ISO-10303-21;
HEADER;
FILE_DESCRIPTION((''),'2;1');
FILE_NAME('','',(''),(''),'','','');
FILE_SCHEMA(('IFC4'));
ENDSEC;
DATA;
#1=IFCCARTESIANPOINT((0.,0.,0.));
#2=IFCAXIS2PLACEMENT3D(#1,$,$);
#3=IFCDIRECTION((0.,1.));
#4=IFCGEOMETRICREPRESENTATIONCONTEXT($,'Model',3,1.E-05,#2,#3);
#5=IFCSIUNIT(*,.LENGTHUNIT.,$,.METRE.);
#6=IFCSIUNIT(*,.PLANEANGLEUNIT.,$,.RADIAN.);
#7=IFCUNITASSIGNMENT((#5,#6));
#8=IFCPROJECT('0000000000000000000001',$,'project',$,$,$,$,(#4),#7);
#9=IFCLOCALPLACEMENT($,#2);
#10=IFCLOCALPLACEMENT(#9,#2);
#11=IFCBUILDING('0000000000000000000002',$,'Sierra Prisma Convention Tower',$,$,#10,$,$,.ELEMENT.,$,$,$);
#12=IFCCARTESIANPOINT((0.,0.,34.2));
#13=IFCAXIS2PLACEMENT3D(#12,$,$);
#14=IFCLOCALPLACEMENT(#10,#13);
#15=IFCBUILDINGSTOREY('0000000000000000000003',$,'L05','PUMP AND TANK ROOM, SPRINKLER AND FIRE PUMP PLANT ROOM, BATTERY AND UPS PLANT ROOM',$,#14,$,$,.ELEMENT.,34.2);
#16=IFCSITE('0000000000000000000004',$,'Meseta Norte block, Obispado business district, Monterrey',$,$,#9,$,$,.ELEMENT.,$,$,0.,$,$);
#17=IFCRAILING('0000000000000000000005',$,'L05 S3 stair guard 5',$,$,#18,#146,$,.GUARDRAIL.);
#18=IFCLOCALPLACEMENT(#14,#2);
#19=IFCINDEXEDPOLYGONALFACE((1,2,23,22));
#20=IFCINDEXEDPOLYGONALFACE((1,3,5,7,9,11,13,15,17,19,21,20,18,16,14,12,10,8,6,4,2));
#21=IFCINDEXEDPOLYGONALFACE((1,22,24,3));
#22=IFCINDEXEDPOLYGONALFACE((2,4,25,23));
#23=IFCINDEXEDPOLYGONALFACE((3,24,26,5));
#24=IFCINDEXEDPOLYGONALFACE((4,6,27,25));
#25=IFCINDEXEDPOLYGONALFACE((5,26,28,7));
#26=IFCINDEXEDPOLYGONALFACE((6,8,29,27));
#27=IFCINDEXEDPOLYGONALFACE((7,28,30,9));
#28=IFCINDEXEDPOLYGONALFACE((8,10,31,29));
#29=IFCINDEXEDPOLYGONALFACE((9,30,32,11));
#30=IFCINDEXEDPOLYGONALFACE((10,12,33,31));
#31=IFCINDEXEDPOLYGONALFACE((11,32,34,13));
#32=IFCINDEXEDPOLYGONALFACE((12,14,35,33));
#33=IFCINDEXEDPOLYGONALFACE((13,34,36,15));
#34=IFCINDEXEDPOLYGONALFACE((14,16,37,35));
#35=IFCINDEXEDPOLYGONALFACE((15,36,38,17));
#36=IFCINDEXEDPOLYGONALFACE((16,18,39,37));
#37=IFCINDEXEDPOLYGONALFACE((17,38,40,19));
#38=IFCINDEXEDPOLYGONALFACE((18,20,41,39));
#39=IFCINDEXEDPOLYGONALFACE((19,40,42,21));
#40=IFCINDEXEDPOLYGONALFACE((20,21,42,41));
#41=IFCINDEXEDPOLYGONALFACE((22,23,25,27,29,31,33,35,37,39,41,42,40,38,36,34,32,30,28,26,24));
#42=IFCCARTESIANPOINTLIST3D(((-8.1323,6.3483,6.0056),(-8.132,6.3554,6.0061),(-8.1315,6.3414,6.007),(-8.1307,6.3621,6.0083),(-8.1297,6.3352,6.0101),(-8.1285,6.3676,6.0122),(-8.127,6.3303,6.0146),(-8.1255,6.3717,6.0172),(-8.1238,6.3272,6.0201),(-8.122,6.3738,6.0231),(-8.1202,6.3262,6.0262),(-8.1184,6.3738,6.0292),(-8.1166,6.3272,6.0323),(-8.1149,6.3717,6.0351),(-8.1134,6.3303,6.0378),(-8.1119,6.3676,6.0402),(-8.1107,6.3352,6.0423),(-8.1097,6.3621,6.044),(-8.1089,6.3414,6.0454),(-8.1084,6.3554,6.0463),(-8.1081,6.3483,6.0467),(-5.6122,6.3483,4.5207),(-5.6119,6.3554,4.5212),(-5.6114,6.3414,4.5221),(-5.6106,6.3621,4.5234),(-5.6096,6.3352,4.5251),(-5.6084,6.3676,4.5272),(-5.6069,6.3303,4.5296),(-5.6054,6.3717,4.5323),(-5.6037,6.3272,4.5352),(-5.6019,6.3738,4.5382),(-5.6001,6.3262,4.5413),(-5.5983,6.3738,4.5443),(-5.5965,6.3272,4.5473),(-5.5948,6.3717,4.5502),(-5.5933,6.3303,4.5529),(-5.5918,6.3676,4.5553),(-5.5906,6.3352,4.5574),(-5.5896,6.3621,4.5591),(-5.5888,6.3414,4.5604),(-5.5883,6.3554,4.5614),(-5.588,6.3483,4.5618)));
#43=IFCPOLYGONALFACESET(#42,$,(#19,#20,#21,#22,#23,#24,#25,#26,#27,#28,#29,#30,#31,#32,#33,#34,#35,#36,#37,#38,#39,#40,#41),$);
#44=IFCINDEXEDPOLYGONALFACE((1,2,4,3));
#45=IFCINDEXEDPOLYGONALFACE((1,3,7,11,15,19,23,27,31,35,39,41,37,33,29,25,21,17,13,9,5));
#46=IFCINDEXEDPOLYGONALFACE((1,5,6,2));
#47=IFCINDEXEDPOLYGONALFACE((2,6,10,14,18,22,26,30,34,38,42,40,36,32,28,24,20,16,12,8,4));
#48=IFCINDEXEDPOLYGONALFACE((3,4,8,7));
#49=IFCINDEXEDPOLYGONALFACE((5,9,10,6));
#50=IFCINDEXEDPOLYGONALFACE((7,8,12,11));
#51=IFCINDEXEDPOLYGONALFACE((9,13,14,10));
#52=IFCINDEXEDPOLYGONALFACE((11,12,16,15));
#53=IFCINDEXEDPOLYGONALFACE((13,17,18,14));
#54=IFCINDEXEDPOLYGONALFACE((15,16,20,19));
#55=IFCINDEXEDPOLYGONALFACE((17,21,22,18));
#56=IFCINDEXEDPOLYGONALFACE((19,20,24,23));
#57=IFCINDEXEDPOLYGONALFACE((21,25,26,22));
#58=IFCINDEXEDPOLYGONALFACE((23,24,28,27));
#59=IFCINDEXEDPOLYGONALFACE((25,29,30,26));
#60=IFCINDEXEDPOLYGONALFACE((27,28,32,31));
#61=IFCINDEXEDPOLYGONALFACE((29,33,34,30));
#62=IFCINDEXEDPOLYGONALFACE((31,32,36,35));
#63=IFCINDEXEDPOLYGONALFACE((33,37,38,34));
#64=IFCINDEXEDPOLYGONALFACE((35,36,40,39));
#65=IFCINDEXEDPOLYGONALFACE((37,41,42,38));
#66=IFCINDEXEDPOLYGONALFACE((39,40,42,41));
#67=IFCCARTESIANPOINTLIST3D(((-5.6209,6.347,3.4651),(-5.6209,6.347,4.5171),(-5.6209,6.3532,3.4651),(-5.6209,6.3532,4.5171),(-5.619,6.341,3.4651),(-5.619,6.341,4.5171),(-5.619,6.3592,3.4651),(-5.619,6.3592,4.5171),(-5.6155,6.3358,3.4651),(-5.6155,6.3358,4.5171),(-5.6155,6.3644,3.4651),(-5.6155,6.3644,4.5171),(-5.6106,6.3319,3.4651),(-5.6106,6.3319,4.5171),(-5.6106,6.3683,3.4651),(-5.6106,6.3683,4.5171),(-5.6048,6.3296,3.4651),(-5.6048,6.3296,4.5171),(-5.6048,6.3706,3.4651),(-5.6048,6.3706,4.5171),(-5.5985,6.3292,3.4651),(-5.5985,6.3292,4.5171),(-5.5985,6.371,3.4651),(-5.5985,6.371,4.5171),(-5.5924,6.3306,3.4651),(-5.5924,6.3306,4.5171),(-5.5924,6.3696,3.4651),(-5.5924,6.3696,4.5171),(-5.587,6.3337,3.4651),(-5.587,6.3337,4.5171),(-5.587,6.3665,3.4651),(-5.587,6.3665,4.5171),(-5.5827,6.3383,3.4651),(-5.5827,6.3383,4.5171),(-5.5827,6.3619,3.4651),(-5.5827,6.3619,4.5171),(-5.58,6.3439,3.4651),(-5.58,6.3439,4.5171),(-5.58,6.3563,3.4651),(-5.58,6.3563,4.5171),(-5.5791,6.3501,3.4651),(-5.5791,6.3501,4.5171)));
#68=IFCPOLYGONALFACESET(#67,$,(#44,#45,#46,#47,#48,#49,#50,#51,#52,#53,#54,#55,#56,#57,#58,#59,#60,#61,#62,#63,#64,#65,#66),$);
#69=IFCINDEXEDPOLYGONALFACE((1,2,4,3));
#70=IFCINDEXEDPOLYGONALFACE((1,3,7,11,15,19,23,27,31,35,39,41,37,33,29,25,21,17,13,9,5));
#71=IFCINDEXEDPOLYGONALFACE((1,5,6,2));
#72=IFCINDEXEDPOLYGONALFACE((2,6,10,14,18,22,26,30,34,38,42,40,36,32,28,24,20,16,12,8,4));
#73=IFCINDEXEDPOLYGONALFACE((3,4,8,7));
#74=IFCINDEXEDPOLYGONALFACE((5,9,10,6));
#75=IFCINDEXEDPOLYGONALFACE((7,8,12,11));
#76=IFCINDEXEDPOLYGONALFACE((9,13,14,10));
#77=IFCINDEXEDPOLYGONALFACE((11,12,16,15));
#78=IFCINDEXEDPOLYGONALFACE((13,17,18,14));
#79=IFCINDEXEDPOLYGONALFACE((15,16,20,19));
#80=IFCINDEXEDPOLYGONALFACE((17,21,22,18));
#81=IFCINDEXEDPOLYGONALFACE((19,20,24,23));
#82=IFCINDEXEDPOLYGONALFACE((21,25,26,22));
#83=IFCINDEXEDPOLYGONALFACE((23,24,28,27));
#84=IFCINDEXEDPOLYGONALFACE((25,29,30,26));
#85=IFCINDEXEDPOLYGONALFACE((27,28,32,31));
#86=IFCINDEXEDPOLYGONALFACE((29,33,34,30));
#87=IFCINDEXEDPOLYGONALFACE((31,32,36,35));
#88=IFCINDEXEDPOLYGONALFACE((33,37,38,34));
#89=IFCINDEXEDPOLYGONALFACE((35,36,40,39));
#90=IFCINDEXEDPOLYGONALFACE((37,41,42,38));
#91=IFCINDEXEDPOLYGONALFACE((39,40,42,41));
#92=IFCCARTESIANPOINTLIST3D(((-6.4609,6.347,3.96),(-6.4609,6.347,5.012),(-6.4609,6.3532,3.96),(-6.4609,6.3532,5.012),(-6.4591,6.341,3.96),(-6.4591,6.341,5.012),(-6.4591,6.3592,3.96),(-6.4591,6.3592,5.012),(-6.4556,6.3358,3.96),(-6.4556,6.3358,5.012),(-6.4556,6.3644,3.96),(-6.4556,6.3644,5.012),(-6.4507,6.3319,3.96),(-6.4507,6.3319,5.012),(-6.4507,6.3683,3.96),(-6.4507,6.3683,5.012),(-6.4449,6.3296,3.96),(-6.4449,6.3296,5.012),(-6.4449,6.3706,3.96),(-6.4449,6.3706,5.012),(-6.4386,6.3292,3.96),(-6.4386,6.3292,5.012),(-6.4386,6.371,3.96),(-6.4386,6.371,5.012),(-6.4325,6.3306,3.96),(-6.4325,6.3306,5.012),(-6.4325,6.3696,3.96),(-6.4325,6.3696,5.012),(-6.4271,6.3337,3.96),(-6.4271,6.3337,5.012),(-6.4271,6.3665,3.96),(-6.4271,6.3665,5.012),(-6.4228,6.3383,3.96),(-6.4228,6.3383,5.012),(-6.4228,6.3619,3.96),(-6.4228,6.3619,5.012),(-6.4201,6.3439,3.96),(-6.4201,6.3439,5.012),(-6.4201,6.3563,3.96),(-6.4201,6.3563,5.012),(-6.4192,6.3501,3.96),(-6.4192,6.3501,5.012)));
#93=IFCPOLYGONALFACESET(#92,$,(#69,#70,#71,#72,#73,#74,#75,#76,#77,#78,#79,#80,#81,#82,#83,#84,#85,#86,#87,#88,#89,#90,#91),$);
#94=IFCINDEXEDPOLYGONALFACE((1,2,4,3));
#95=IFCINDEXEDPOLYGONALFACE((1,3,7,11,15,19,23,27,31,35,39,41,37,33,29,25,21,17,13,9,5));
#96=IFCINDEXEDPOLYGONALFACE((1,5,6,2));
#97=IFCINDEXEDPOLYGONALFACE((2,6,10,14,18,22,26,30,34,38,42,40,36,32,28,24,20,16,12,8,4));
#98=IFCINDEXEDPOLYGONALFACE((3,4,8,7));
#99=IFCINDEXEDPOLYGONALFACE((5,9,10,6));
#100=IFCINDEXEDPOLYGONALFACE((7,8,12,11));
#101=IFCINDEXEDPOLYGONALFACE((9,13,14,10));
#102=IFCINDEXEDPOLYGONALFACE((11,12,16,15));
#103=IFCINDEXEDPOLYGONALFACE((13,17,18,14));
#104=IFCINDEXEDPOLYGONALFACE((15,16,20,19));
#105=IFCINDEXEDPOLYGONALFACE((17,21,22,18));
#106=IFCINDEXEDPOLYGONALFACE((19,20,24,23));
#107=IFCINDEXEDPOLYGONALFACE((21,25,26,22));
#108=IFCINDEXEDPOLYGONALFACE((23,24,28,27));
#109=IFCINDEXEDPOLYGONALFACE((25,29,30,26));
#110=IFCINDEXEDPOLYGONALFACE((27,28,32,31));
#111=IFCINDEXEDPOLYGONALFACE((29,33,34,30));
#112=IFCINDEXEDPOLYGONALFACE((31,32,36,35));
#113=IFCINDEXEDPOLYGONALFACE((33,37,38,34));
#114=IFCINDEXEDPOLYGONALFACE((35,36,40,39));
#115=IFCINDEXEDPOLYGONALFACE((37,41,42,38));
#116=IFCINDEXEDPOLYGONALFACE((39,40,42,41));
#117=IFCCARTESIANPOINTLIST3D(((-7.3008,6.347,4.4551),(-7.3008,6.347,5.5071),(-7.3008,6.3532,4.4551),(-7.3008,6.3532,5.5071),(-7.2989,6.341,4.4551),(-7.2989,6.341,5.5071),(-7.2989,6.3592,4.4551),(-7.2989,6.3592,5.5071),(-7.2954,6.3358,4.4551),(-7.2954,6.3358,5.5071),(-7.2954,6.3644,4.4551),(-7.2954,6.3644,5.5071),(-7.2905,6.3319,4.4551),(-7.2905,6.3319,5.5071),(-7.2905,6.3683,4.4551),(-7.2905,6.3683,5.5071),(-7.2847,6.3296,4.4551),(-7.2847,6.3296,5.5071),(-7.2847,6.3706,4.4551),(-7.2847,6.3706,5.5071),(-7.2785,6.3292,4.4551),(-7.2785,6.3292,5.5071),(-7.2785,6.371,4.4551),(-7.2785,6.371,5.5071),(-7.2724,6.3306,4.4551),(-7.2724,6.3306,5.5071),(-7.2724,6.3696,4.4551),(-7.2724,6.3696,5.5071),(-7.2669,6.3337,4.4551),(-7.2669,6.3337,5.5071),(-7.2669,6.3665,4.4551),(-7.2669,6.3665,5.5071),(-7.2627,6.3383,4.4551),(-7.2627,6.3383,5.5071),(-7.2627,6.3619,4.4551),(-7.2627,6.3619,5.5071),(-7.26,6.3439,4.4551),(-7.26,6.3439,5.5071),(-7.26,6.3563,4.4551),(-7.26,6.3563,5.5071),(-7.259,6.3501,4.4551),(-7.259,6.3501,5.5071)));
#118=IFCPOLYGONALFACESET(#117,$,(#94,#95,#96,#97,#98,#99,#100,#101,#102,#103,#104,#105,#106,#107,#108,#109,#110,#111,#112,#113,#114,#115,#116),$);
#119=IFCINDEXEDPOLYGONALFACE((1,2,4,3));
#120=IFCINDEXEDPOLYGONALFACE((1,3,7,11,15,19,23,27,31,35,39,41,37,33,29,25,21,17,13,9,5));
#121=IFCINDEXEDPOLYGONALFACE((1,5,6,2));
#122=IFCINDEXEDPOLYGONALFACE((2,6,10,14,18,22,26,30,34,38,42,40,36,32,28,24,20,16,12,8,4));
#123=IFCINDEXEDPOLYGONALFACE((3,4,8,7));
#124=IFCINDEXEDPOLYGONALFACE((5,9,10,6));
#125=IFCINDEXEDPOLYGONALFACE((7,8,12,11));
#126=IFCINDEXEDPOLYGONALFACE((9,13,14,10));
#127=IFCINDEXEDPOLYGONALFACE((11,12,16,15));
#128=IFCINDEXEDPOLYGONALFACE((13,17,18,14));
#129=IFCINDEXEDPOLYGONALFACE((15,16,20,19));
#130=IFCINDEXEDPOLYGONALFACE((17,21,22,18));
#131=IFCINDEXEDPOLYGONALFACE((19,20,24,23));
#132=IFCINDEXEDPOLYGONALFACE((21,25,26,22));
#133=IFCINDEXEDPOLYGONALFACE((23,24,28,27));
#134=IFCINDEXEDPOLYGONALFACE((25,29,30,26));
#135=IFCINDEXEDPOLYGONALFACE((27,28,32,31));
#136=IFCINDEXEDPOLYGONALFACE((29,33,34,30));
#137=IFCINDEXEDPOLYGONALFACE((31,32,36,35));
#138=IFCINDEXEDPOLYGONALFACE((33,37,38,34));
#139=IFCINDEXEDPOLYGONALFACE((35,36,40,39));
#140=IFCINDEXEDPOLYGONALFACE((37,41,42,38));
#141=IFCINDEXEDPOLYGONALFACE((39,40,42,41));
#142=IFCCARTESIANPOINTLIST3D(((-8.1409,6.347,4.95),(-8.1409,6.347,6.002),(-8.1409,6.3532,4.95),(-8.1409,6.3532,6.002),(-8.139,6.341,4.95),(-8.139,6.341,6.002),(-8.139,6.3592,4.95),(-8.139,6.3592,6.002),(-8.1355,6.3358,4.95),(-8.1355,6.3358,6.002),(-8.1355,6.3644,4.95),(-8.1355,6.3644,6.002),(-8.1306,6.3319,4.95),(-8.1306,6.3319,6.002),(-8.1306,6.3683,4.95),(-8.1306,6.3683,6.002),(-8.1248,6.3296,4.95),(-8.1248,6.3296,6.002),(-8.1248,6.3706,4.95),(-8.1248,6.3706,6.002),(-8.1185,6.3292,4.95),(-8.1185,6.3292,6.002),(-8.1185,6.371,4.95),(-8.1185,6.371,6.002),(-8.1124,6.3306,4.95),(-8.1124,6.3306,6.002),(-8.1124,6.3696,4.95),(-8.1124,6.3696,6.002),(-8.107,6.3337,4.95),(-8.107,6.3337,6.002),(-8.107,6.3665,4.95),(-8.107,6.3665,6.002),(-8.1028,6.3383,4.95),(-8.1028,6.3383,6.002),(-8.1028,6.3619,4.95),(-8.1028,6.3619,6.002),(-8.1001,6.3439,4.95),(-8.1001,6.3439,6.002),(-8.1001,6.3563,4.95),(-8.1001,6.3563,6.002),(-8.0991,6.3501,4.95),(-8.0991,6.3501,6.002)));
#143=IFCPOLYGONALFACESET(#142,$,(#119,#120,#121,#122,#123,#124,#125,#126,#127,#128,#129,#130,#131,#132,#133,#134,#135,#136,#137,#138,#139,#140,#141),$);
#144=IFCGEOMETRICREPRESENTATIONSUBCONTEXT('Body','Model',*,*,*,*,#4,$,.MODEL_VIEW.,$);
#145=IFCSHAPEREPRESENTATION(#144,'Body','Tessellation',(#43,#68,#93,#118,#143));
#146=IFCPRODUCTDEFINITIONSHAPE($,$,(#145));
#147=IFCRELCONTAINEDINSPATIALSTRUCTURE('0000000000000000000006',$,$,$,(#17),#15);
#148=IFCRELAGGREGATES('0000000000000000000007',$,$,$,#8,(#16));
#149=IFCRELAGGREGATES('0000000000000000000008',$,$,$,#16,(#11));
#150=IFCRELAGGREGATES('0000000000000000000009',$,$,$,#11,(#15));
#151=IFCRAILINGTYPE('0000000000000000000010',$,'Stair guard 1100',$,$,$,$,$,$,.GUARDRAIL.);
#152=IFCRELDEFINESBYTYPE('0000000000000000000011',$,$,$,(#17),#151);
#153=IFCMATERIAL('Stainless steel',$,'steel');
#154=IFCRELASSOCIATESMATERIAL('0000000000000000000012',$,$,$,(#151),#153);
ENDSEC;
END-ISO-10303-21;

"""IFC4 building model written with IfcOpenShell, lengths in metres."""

from ifc_helpers import new_model, si_unit, direction, frame, origin, origin_2d, place, context, subcontext, project, spatial, circle, extrude, material, type_object, element, save


model = new_model("IFC4")

# Units and contexts
model_context = context("Model", 3, precision=1e-05, world=origin(), true_north=direction((0.0, 1.0)))
body_context = subcontext(model_context, "Body", "Model", "MODEL_VIEW")
ifc_project = project(units=[si_unit("LENGTHUNIT", "METRE"), si_unit("PLANEANGLEUNIT", "RADIAN")], contexts=[model_context])

# Site, building, storey
site_placement = place(None, origin())
site = spatial("IfcSite", under=ifc_project, at=site_placement, Name="Meseta Norte block, Obispado business district, Monterrey", CompositionType="ELEMENT", RefElevation=0.0)
building_placement = place(site_placement, origin())
building = spatial("IfcBuilding", under=site, at=building_placement, Name="Sierra Prisma Convention Tower", CompositionType="ELEMENT")
storey_placement = place(building_placement, frame((0.0, 0.0, 34.2)))
storey = spatial("IfcBuildingStorey", under=building, at=storey_placement, Name="L05", Description="PUMP AND TANK ROOM, SPRINKLER AND FIRE PUMP PLANT ROOM, BATTERY AND UPS PLANT ROOM", CompositionType="ELEMENT", Elevation=34.2)

# Railing
ifc_material_1 = material(Name="Stainless steel", Category="steel")
railing_type_1 = type_object("IfcRailingType", Name="Stair guard 1100", PredefinedType="GUARDRAIL", material=ifc_material_1)
railing_1_placement = place(storey_placement, frame((-5.6001, 6.3501, 3.4651)))
element("IfcRailing", 1, at=railing_1_placement, inside=storey, type_object=railing_type_1, Name="L05 S3 stair guard 5", PredefinedType="GUARDRAIL", context=body_context, shape_type="SweptSolid", body=[
    extrude(circle(Radius=0.0239, at=origin_2d()), frame((0.0, 0.0, 1.0762), z_axis=(-0.861561, 0.0, 0.507655), x_axis=(0.0, -1.0, 0.0)), (0.0, 0.0, 1.0), 2.925),
    extrude(circle(Radius=0.021, at=origin_2d()), origin(), (0.0, 0.0, 1.0), 1.052),
    extrude(circle(Radius=0.021, at=origin_2d()), frame((-0.8401, 0.0, 0.4949)), (0.0, 0.0, 1.0), 1.052),
    extrude(circle(Radius=0.021, at=origin_2d()), frame((-1.6799, 0.0, 0.99)), (0.0, 0.0, 1.0), 1.052),
    extrude(circle(Radius=0.021, at=origin_2d()), frame((-2.52, 0.0, 1.4849)), (0.0, 0.0, 1.0), 1.052),
])

save(model, "model.ifc")
